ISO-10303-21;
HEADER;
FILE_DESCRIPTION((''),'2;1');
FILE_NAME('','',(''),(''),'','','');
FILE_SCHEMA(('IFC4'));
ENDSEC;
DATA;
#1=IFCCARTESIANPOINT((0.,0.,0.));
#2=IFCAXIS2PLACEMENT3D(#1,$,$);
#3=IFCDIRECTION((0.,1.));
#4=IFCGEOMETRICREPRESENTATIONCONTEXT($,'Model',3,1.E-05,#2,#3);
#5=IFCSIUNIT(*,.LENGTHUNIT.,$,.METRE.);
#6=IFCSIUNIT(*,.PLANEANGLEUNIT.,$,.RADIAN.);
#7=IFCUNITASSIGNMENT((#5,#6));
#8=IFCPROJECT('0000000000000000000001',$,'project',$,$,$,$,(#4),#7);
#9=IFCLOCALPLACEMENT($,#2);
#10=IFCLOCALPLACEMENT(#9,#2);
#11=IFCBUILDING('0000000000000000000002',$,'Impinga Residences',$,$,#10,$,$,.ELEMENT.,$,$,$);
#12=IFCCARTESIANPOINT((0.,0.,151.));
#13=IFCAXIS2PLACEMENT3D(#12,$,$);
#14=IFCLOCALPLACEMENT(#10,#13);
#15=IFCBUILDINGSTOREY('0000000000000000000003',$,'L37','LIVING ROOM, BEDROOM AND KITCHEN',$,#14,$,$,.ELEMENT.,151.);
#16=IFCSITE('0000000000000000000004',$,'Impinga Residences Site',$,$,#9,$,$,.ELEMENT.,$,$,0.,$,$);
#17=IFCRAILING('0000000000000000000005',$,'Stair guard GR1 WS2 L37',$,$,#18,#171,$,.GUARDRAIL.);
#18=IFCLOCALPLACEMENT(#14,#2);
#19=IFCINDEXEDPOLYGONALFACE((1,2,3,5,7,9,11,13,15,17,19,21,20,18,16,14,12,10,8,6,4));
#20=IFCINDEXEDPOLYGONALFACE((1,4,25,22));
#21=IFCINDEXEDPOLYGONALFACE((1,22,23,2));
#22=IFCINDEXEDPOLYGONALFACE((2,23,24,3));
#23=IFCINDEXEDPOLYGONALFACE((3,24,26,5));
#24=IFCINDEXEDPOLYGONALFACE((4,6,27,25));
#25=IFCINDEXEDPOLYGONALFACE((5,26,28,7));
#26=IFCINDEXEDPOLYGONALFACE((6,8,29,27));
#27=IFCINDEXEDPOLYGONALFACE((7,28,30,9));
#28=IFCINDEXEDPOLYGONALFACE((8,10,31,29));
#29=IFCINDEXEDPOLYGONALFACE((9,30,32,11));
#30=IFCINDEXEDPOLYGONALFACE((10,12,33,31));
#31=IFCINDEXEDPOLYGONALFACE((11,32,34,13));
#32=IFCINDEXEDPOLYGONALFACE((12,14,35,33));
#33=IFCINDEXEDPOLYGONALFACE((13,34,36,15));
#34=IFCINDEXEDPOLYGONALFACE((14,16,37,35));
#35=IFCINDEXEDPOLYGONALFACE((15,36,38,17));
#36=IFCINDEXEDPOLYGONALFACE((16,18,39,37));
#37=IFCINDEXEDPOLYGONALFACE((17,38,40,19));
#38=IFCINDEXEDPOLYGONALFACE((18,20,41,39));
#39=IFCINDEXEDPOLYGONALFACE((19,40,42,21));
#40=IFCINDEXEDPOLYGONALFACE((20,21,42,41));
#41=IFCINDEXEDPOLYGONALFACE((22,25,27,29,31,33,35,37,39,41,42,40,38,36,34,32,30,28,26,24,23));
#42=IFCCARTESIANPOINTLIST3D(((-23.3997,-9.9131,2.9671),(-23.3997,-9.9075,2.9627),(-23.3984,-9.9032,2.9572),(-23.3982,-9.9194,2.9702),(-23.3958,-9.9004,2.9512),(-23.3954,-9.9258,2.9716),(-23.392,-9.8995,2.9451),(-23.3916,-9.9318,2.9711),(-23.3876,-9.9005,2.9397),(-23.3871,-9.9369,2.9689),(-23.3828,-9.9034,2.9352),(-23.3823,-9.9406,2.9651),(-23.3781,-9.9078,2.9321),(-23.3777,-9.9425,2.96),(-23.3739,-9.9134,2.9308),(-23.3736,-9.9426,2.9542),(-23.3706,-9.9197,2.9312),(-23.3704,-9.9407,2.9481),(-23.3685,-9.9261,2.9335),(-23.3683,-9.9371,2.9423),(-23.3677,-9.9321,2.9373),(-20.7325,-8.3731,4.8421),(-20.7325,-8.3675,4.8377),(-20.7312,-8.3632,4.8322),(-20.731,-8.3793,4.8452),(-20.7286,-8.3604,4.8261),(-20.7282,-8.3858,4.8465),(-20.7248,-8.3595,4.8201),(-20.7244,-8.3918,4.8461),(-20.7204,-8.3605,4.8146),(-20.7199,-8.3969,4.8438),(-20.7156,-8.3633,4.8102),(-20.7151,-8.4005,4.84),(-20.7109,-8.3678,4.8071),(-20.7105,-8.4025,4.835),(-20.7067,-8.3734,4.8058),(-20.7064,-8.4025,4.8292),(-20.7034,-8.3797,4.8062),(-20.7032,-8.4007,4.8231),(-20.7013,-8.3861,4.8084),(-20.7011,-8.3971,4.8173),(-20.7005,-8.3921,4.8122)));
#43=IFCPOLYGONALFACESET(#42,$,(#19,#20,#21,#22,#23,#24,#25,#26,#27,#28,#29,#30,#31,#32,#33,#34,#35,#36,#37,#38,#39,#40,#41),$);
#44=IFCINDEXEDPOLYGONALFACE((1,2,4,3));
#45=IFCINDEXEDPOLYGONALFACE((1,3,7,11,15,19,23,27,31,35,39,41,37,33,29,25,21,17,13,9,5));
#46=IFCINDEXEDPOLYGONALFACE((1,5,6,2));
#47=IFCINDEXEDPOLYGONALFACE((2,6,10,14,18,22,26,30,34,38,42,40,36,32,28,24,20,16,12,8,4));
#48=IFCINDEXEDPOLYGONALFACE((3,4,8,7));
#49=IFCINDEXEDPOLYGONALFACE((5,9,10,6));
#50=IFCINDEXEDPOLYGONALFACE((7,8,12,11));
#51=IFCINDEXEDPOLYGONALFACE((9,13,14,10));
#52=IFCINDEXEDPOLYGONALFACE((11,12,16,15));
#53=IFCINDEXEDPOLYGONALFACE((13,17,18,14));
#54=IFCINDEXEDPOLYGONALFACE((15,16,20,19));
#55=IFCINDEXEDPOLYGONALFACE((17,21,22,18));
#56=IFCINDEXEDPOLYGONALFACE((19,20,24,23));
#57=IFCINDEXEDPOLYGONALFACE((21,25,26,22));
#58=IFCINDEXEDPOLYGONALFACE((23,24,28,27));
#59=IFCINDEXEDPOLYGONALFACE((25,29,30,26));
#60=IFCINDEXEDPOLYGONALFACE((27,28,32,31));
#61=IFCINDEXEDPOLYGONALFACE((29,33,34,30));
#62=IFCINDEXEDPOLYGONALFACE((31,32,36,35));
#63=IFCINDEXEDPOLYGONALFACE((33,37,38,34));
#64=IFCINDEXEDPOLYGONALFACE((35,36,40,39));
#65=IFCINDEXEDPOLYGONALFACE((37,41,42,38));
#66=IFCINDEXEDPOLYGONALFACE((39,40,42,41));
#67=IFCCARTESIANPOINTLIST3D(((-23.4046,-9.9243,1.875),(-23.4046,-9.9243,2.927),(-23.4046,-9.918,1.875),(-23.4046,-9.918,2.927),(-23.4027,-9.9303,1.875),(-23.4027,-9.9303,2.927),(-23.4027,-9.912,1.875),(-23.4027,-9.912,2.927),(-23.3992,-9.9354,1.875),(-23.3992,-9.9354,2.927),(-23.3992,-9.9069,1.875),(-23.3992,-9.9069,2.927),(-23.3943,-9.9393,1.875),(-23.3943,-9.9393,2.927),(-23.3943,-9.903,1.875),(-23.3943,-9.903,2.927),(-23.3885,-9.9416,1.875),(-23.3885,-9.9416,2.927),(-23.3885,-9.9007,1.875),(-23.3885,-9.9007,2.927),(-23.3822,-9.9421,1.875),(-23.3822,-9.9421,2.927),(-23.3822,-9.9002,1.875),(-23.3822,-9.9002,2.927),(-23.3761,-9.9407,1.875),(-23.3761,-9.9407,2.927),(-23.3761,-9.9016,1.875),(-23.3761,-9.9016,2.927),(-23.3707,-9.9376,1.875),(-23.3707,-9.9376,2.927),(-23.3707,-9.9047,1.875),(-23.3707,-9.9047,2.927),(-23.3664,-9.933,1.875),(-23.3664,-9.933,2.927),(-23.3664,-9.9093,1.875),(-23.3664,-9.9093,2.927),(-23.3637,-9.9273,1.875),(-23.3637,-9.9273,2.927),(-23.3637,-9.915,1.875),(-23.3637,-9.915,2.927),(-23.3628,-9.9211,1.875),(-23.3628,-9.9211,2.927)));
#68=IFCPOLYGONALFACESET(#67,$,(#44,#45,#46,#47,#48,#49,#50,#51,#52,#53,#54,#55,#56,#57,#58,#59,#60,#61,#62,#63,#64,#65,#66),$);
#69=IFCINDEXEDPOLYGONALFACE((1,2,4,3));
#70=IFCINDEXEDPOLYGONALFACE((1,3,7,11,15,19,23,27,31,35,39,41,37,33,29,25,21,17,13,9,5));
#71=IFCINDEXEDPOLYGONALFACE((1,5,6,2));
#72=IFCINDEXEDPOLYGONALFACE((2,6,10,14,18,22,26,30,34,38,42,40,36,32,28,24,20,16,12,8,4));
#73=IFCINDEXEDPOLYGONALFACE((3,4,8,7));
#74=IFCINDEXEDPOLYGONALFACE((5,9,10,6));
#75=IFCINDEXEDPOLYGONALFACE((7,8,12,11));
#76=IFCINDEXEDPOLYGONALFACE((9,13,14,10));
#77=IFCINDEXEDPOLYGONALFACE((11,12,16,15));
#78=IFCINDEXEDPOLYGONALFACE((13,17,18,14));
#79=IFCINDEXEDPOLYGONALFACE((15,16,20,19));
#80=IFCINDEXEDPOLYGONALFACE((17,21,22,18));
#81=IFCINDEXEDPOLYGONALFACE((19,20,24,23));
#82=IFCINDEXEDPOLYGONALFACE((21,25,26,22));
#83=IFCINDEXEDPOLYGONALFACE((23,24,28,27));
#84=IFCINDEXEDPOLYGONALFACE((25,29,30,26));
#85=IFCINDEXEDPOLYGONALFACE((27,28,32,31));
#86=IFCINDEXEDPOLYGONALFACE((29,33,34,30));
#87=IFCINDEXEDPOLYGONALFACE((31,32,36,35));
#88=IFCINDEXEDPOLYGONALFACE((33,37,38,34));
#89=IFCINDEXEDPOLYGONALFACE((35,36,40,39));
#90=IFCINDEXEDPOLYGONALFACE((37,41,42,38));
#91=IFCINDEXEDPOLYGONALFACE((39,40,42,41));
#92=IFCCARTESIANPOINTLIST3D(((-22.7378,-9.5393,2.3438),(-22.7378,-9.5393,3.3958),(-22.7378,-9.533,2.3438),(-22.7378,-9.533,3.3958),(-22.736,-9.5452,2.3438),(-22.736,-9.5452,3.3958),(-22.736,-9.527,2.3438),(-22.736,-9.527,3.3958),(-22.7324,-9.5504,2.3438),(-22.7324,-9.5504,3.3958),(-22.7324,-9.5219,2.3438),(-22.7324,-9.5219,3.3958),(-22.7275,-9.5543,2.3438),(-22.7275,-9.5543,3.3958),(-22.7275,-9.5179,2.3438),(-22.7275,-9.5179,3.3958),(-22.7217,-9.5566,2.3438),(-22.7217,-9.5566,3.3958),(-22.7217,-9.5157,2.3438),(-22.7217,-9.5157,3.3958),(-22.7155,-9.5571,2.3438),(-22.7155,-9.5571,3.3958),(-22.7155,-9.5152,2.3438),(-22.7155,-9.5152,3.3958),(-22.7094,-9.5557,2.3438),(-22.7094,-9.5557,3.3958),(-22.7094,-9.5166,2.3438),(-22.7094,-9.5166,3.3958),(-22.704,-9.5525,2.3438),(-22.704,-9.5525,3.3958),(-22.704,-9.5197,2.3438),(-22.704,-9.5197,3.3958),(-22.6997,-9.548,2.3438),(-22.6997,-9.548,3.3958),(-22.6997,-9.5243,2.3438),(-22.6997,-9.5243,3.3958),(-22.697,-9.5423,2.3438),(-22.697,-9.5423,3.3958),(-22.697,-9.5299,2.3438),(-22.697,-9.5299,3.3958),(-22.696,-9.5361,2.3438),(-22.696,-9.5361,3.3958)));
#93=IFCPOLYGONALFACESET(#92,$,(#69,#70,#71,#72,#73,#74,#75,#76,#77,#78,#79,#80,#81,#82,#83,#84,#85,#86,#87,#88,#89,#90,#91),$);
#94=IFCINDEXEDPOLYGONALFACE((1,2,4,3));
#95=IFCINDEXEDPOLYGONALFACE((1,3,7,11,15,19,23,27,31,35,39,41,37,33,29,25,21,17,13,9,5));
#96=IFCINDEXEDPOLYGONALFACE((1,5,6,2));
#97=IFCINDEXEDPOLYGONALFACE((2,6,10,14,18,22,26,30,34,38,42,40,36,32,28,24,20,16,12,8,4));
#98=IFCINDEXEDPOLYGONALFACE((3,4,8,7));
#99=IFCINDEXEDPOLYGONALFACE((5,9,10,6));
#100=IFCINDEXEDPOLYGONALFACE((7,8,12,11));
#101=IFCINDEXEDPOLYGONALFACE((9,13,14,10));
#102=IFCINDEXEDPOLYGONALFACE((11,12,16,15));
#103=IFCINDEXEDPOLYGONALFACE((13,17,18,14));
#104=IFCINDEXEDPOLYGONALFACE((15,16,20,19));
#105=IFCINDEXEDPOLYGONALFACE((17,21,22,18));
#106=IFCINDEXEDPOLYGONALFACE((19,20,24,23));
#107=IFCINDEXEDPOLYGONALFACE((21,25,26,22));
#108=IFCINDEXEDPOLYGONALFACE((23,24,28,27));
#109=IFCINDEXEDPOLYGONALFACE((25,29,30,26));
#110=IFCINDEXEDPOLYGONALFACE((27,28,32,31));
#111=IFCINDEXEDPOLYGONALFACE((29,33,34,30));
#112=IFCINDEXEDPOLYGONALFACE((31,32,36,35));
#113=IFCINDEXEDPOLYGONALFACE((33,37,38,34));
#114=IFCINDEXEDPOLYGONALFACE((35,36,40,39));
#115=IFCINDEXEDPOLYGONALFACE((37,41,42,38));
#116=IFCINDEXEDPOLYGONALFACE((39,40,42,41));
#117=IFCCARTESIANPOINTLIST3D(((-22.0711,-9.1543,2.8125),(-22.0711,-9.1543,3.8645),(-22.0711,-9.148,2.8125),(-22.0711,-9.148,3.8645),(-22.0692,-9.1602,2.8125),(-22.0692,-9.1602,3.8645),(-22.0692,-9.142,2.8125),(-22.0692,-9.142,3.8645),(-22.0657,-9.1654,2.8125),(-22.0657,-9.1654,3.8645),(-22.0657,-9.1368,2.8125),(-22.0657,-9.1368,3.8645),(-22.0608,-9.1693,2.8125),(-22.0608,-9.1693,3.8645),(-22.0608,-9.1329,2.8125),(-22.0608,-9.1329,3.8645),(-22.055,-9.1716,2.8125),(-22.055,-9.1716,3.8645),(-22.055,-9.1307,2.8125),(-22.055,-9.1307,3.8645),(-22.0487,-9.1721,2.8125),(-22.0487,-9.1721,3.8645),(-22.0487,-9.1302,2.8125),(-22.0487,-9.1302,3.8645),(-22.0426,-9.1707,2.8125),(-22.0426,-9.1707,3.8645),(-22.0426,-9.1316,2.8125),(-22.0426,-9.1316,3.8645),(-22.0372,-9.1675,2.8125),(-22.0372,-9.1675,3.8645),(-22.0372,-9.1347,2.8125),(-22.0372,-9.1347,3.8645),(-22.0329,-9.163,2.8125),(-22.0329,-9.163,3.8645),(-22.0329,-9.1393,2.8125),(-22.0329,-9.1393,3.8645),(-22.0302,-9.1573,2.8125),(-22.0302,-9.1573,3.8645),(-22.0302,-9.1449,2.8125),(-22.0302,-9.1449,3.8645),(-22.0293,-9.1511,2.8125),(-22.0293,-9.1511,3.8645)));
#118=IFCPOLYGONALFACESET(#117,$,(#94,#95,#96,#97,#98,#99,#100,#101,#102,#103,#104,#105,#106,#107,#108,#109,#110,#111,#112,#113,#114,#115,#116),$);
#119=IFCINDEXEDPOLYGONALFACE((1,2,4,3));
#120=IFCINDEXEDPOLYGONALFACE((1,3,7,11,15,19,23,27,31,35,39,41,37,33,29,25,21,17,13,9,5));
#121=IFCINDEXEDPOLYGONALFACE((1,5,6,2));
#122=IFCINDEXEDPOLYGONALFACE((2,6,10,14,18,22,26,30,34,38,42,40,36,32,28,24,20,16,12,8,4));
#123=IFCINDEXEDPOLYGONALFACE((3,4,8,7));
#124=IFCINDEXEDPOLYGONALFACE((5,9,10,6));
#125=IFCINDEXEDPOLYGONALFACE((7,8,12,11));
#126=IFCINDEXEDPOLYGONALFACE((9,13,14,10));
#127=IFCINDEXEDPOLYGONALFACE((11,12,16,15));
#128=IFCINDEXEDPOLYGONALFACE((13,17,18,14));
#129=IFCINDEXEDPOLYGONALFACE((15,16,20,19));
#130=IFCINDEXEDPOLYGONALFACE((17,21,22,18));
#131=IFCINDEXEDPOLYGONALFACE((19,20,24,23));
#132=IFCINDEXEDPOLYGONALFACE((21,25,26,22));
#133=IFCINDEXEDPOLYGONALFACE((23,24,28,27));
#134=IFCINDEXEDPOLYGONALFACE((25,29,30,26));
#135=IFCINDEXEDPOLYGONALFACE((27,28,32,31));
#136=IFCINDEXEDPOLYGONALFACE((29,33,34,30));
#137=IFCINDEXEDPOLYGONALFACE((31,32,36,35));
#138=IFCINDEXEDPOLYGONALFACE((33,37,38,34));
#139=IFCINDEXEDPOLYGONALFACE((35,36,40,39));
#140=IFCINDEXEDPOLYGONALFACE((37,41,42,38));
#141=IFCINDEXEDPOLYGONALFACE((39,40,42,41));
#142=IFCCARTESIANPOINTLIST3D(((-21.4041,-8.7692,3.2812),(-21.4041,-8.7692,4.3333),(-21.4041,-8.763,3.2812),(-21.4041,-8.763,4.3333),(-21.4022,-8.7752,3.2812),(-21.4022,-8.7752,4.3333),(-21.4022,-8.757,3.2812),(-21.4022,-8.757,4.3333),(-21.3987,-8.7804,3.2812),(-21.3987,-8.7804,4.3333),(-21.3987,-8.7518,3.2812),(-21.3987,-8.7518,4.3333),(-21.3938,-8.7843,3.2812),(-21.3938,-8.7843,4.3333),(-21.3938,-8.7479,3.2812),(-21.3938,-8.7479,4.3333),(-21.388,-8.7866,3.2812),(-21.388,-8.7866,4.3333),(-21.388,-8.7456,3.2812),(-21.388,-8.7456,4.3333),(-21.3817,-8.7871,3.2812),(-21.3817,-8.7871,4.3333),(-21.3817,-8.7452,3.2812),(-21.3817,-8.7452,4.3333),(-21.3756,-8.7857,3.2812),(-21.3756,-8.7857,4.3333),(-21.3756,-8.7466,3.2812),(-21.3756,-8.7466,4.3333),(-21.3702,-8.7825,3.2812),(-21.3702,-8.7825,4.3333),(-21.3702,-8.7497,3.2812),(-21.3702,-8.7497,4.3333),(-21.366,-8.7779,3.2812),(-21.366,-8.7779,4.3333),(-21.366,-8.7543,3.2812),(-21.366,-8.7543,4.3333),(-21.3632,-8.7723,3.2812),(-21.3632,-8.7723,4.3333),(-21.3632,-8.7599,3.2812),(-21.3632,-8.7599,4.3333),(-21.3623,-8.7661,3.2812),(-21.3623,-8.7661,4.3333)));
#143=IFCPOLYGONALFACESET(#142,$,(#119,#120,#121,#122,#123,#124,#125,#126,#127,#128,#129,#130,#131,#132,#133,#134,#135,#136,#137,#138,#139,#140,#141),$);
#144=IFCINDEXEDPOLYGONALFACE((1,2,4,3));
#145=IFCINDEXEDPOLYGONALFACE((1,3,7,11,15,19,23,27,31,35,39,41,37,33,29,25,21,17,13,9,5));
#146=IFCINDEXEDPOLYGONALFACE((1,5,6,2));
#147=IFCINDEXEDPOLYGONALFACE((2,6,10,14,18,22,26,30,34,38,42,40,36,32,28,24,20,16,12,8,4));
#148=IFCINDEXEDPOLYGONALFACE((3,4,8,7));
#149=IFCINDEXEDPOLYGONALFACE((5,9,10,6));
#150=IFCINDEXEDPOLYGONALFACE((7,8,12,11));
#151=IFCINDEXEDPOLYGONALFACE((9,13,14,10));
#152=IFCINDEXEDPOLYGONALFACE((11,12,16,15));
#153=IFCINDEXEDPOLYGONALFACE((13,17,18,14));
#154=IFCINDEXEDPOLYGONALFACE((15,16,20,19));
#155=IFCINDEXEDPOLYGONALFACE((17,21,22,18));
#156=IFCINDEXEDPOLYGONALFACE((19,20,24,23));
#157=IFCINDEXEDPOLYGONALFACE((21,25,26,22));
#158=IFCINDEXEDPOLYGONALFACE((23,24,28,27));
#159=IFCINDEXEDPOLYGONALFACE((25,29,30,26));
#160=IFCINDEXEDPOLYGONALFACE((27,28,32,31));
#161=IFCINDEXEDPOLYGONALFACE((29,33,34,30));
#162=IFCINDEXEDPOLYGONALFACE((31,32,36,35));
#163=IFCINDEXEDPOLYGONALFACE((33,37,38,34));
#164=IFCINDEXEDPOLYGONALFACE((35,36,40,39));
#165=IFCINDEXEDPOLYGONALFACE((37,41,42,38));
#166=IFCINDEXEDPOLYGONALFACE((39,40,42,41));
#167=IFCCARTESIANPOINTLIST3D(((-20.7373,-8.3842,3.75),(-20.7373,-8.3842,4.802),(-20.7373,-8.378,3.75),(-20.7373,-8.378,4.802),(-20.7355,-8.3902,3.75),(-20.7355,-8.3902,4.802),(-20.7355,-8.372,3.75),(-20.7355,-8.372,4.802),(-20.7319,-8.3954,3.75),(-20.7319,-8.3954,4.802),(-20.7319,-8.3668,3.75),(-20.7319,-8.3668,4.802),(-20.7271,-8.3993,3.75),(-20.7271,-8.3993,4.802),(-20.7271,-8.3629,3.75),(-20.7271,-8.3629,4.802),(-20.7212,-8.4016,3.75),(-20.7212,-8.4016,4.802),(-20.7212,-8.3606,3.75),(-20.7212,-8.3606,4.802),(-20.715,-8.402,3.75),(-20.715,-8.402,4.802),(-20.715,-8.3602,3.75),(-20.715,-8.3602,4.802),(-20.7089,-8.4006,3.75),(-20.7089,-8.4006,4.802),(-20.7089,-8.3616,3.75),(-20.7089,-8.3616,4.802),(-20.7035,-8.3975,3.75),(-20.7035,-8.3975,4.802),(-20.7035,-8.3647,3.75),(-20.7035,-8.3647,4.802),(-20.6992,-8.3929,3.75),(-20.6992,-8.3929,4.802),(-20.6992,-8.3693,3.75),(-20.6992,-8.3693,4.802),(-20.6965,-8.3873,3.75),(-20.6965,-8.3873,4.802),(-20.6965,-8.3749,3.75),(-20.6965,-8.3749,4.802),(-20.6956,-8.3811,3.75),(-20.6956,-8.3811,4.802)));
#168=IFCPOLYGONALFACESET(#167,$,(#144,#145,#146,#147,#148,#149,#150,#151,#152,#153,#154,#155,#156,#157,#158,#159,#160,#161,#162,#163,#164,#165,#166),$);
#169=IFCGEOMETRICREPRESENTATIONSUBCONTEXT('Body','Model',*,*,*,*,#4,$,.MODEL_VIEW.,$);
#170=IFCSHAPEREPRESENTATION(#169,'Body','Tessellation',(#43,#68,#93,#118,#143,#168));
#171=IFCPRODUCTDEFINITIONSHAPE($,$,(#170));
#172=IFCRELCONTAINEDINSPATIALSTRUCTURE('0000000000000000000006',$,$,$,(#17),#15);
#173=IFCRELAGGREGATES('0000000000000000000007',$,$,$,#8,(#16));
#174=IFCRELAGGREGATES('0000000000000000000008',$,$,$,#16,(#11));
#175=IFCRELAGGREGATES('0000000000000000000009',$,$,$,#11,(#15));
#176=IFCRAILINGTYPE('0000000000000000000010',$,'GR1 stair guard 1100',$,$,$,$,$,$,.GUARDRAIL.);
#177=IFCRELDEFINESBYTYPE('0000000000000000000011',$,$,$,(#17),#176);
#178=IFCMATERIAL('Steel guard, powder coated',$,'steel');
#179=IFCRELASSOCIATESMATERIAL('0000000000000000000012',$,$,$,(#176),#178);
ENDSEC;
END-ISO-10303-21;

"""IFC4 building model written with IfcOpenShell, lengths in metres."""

from ifc_helpers import new_model, si_unit, direction, frame, origin, origin_2d, place, context, subcontext, project, spatial, circle, extrude, material, type_object, element, save


model = new_model("IFC4")

# Units and contexts
model_context = context("Model", 3, precision=1e-05, world=origin(), true_north=direction((0.0, 1.0)))
body_context = subcontext(model_context, "Body", "Model", "MODEL_VIEW")
ifc_project = project(units=[si_unit("LENGTHUNIT", "METRE"), si_unit("PLANEANGLEUNIT", "RADIAN")], contexts=[model_context])

# Site, building, storey
site_placement = place(None, origin())
site = spatial("IfcSite", under=ifc_project, at=site_placement, Name="Impinga Residences Site", CompositionType="ELEMENT", RefElevation=0.0)
building_placement = place(site_placement, origin())
building = spatial("IfcBuilding", under=site, at=building_placement, Name="Impinga Residences", CompositionType="ELEMENT")
storey_placement = place(building_placement, frame((0.0, 0.0, 151.0)))
storey = spatial("IfcBuildingStorey", under=building, at=storey_placement, Name="L37", Description="LIVING ROOM, BEDROOM AND KITCHEN", CompositionType="ELEMENT", Elevation=151.0)

# Railing
ifc_material_1 = material(Name="Steel guard, powder coated", Category="steel")
railing_type_1 = type_object("IfcRailingType", Name="GR1 stair guard 1100", PredefinedType="GUARDRAIL", material=ifc_material_1)
railing_1_placement = place(storey_placement, frame((-23.3838, -9.9211, 1.875)))
element("IfcRailing", 1, at=railing_1_placement, inside=storey, type_object=railing_type_1, Name="Stair guard GR1 WS2 L37", PredefinedType="GUARDRAIL", context=body_context, shape_type="SweptSolid", body=[
    extrude(circle(Radius=0.0239, at=origin_2d()), frame((0.0, 0.0, 1.0762), z_axis=(0.739716, 0.427105, 0.520002), x_axis=(-0.500027, 0.86601, 0.0)), (0.0, 0.0, 1.0), 3.6057),
    extrude(circle(Radius=0.021, at=origin_2d()), origin(), (0.0, 0.0, 1.0), 1.052),
    extrude(circle(Radius=0.021, at=origin_2d()), frame((0.6667, 0.385, 0.4688)), (0.0, 0.0, 1.0), 1.052),
    extrude(circle(Radius=0.021, at=origin_2d()), frame((1.3335, 0.77, 0.9375)), (0.0, 0.0, 1.0), 1.052),
    extrude(circle(Radius=0.021, at=origin_2d()), frame((2.0005, 1.155, 1.4062)), (0.0, 0.0, 1.0), 1.052),
    extrude(circle(Radius=0.021, at=origin_2d()), frame((2.6672, 1.54, 1.875)), (0.0, 0.0, 1.0), 1.052),
])

save(model, "model.ifc")
